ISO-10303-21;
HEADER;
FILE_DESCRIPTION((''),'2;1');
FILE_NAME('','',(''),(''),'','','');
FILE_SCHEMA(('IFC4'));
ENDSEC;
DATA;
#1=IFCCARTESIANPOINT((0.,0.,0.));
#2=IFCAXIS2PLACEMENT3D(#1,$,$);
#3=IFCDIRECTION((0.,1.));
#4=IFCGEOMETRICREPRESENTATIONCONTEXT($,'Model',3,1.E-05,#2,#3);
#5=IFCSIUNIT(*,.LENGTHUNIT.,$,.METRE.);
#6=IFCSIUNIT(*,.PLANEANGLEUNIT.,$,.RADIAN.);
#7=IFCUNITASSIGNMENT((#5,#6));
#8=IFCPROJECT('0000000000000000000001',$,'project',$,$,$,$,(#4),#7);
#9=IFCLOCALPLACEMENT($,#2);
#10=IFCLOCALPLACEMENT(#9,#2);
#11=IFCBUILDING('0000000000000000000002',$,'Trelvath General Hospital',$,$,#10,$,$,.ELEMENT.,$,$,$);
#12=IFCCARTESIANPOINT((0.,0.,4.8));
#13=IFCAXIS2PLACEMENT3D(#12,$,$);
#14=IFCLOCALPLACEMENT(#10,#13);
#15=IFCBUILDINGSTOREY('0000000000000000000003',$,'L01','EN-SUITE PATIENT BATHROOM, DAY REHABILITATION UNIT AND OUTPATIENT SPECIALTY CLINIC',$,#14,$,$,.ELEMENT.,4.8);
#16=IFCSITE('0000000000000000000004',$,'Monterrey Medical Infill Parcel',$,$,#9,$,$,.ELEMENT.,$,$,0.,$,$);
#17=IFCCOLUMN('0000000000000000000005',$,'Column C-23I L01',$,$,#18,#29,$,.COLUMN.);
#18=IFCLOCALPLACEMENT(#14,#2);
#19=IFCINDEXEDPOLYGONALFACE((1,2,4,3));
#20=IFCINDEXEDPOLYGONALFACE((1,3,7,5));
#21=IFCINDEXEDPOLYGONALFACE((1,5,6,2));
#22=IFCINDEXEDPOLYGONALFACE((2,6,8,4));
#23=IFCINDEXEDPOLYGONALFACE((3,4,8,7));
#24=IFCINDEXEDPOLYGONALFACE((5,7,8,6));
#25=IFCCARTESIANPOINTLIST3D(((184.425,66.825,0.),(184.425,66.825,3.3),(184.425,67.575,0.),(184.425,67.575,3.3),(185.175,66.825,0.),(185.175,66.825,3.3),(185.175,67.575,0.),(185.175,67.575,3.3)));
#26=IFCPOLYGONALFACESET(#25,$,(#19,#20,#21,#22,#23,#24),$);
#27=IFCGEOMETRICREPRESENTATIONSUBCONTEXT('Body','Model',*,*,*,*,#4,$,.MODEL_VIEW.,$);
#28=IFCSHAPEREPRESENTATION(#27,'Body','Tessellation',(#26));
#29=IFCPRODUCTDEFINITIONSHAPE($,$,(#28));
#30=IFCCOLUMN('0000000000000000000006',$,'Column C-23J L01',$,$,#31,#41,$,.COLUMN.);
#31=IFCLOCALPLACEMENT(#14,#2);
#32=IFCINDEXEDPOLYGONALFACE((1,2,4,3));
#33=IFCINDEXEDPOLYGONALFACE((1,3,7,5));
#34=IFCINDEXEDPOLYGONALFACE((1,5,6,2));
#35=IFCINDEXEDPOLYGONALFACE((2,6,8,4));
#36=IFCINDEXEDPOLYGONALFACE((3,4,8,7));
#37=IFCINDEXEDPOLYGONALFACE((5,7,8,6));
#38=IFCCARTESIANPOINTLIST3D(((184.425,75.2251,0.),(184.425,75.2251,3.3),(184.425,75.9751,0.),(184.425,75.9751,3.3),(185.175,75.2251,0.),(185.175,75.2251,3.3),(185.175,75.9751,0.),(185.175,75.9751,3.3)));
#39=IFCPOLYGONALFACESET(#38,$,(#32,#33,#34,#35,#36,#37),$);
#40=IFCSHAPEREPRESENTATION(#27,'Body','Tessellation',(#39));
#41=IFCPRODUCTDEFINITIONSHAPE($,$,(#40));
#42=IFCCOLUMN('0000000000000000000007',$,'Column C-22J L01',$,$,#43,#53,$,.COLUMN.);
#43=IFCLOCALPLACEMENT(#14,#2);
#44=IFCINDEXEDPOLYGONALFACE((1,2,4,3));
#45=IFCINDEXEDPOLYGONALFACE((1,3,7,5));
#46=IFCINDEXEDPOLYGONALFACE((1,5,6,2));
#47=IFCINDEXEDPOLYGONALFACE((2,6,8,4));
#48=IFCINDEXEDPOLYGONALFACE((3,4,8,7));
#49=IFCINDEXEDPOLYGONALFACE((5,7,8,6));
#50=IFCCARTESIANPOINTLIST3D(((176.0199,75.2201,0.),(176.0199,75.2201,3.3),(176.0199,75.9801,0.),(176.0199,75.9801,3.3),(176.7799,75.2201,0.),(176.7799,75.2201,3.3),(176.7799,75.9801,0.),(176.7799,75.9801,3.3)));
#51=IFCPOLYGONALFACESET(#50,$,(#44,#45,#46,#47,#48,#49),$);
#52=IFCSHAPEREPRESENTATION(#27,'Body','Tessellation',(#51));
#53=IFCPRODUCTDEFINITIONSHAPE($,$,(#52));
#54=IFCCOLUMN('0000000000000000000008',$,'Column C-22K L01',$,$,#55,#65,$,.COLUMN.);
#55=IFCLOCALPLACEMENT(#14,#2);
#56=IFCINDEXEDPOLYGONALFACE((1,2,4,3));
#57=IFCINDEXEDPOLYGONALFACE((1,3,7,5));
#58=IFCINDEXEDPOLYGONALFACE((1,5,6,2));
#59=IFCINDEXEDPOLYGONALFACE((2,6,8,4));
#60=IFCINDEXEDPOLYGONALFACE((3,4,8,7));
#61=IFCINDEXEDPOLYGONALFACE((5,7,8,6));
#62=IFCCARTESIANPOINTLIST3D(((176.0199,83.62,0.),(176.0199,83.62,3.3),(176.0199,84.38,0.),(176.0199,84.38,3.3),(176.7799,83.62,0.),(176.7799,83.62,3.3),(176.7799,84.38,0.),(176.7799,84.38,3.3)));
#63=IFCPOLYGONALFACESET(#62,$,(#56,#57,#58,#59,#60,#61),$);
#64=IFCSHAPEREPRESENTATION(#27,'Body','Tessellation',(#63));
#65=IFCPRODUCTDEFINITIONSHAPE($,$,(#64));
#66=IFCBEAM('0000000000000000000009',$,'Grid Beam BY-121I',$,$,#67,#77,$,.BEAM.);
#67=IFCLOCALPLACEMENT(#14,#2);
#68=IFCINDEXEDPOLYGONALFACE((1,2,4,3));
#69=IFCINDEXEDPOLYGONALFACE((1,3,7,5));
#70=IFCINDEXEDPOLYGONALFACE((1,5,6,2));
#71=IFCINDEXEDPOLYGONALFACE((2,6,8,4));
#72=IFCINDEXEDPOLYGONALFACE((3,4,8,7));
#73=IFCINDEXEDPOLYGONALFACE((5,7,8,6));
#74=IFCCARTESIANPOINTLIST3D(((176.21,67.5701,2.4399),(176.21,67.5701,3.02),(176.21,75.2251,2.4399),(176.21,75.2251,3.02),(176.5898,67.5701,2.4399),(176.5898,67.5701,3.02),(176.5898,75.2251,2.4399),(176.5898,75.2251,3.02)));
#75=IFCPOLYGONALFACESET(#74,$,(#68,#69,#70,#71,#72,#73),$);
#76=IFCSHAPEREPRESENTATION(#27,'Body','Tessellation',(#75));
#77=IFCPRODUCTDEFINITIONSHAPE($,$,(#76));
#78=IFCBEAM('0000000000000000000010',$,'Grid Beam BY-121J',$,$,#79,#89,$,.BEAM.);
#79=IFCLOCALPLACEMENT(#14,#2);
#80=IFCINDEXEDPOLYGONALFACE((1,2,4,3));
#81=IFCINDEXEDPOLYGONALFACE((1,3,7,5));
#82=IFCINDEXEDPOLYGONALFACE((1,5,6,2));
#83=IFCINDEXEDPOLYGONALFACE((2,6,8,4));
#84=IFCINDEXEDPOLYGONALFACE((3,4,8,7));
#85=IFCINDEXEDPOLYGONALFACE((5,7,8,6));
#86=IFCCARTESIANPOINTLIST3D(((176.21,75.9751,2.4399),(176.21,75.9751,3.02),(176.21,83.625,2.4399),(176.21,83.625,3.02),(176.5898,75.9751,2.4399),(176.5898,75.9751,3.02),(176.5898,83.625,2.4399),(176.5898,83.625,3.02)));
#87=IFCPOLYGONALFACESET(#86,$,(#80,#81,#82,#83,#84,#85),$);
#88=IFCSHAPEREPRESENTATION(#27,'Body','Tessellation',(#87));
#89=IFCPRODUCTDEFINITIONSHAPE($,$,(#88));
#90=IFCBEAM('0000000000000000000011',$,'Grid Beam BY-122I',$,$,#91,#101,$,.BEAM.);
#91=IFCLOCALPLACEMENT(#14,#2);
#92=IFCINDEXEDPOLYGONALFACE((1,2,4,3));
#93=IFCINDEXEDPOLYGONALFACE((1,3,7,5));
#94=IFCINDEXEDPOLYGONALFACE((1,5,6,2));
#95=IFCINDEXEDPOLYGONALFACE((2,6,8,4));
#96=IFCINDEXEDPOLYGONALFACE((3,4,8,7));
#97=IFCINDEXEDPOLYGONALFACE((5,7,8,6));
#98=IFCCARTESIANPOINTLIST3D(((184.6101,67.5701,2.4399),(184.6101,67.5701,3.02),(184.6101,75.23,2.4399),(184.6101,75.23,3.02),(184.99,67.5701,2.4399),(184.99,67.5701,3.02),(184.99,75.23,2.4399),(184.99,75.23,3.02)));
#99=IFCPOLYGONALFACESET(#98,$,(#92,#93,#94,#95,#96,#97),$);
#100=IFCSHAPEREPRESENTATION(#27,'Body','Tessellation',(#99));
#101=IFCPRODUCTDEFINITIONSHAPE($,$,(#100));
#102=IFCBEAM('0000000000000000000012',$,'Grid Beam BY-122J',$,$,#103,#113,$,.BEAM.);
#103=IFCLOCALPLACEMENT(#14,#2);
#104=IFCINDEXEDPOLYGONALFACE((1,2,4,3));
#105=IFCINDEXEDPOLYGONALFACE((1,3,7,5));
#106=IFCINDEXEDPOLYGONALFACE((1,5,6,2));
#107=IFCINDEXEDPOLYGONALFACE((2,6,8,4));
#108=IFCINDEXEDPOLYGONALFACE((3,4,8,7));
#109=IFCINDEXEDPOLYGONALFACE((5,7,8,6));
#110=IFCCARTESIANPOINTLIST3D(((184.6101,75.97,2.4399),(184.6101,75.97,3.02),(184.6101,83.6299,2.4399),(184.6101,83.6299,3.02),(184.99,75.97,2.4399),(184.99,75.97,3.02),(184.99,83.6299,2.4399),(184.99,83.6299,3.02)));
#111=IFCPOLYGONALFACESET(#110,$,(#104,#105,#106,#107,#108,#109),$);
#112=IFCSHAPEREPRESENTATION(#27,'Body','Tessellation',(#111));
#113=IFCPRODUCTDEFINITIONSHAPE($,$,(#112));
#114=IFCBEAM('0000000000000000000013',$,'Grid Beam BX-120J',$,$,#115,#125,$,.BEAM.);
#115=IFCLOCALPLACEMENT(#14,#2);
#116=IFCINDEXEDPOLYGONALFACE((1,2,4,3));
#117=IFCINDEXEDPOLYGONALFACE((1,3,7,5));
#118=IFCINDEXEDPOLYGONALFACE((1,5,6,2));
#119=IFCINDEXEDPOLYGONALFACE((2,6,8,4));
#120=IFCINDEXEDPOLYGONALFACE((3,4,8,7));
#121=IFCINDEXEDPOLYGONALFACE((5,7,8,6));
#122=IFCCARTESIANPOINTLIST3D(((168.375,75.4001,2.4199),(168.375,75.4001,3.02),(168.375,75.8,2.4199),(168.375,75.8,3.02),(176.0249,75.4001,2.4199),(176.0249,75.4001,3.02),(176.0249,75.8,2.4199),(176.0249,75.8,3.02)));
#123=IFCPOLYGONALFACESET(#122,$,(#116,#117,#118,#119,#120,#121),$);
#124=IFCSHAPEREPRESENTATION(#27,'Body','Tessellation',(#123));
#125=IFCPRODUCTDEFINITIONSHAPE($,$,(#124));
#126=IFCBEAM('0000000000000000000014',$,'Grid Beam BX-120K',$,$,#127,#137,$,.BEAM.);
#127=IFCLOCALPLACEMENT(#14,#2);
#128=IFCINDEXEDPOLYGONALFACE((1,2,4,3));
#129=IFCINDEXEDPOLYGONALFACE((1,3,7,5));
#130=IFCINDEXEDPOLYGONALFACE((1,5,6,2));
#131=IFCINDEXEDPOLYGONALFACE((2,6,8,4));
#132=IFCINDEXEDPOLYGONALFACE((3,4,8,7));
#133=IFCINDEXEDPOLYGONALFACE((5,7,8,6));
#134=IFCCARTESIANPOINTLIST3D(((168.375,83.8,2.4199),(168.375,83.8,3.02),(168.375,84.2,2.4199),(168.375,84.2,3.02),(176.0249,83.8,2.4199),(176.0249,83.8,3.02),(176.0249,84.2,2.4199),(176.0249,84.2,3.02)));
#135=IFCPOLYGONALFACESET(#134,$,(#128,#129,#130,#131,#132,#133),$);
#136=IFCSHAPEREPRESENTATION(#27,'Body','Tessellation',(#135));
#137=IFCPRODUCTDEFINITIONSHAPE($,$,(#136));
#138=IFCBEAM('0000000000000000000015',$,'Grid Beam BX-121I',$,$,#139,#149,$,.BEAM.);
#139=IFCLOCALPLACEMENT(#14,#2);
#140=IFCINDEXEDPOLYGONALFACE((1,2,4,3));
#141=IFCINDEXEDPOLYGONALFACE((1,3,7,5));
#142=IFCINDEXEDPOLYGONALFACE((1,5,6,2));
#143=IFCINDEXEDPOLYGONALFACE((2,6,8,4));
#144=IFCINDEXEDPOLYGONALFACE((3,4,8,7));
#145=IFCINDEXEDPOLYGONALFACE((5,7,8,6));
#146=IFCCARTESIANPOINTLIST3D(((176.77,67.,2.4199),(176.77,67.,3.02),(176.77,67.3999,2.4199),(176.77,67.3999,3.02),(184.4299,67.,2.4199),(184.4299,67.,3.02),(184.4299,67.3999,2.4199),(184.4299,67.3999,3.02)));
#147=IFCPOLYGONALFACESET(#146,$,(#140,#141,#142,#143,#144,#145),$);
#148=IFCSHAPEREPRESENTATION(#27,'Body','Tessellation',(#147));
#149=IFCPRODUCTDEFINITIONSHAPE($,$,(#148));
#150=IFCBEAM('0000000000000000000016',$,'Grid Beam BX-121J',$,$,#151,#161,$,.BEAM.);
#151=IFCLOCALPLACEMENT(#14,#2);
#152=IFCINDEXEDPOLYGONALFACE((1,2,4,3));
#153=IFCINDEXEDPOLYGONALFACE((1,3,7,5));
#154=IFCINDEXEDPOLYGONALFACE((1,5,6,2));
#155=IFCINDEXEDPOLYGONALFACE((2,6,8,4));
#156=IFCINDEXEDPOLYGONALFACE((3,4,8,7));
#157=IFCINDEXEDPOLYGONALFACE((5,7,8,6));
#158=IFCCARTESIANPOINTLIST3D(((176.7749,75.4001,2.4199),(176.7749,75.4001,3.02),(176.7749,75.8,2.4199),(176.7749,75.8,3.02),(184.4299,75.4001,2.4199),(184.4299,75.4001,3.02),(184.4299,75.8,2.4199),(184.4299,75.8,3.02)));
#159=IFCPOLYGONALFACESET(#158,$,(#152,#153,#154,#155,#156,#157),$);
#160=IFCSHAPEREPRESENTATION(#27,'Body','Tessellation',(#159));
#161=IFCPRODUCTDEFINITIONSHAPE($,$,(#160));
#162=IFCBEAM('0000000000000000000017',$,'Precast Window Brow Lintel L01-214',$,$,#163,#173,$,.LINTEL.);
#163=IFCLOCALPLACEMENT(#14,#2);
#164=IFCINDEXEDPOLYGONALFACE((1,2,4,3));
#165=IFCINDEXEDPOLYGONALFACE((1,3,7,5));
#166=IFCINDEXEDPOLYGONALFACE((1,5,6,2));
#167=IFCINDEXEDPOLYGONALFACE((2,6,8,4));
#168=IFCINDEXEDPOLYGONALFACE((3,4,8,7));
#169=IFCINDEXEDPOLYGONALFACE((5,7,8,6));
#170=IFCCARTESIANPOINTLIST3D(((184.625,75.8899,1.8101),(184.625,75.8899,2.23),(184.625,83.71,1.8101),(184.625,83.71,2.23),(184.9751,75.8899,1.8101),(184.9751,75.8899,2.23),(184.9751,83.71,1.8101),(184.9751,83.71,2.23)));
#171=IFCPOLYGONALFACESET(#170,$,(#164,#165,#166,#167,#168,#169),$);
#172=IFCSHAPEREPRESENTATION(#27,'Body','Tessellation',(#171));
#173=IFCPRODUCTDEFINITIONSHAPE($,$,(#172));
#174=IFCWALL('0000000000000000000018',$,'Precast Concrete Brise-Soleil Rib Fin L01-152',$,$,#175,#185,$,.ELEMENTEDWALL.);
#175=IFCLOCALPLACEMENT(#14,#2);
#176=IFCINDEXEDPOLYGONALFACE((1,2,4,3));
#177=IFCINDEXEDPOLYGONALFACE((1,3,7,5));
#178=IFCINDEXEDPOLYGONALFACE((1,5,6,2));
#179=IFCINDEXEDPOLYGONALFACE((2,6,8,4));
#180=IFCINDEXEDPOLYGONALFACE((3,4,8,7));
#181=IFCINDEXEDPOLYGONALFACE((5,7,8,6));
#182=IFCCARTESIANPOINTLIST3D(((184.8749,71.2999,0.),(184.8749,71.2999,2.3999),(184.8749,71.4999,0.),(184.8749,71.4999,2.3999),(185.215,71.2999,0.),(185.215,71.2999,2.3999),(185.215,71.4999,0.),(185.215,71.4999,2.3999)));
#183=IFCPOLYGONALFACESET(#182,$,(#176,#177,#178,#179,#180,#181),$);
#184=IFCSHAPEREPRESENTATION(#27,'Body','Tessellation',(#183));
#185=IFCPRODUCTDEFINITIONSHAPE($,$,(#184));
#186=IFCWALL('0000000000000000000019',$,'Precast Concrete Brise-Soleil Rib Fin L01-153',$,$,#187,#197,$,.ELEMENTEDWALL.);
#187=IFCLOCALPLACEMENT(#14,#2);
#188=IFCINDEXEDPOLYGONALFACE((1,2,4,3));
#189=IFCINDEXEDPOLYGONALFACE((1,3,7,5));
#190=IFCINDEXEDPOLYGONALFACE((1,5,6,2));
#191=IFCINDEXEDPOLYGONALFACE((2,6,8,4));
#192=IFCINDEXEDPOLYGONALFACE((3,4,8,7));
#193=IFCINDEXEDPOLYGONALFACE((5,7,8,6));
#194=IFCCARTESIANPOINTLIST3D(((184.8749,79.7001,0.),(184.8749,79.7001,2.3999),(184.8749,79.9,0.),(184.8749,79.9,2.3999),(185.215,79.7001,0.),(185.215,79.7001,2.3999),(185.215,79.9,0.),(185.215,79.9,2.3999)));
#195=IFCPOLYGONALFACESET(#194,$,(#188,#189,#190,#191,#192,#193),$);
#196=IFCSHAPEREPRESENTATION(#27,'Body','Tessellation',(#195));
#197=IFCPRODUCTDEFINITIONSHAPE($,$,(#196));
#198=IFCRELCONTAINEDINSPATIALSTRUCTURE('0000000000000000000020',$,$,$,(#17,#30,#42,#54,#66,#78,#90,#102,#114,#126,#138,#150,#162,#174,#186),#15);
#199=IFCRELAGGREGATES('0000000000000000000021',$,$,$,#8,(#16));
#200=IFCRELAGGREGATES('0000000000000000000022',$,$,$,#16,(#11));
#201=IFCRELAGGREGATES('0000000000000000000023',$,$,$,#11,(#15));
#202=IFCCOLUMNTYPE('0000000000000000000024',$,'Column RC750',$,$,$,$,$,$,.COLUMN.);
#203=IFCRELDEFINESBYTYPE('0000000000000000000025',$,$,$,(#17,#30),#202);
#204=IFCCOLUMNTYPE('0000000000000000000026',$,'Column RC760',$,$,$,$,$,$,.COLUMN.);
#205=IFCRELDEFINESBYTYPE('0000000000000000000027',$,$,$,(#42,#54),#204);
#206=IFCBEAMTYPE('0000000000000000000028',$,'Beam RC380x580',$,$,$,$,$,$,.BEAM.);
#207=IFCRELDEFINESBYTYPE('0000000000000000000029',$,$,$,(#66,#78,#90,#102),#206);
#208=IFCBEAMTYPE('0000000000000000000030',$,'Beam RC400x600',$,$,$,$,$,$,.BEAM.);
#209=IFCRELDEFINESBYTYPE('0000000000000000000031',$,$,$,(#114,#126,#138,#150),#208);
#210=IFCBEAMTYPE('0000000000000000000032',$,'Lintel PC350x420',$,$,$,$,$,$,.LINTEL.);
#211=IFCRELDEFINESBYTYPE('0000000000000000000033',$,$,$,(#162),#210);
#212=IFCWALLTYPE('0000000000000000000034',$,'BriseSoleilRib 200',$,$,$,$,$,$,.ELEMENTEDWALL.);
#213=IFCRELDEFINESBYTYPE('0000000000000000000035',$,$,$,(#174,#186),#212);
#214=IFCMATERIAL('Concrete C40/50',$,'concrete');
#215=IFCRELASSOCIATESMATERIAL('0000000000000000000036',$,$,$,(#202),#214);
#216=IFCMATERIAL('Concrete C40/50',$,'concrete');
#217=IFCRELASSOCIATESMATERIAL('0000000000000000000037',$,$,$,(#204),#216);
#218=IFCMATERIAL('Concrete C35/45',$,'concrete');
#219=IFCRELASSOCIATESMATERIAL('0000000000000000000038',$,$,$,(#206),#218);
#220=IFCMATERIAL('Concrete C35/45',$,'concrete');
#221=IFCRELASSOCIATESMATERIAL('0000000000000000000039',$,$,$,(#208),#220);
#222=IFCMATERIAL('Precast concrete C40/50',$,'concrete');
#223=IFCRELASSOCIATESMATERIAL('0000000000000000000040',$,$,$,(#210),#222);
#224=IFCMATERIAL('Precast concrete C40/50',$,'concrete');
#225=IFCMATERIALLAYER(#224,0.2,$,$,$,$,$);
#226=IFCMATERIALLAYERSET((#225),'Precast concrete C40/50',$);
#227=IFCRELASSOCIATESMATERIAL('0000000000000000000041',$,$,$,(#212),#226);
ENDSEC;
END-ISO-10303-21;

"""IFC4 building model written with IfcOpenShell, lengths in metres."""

from ifc_helpers import new_model, si_unit, direction, frame, frame_2d, origin, origin_2d, place, context, subcontext, project, spatial, rectangle, extrude, material, layer, layer_set, material_profile, profile_set, type_object, element, save


model = new_model("IFC4")

# Units and contexts
model_context = context("Model", 3, precision=1e-05, world=origin(), true_north=direction((0.0, 1.0)))
body_context = subcontext(model_context, "Body", "Model", "MODEL_VIEW")
ifc_project = project(units=[si_unit("LENGTHUNIT", "METRE"), si_unit("PLANEANGLEUNIT", "RADIAN")], contexts=[model_context])

# Site, building, storey
site_placement = place(None, origin())
site = spatial("IfcSite", under=ifc_project, at=site_placement, Name="Monterrey Medical Infill Parcel", CompositionType="ELEMENT", RefElevation=0.0)
building_placement = place(site_placement, origin())
building = spatial("IfcBuilding", under=site, at=building_placement, Name="Trelvath General Hospital", CompositionType="ELEMENT")
storey_placement = place(building_placement, frame((0.0, 0.0, 4.8)))
storey = spatial("IfcBuildingStorey", under=building, at=storey_placement, Name="L01", Description="EN-SUITE PATIENT BATHROOM, DAY REHABILITATION UNIT AND OUTPATIENT SPECIALTY CLINIC", CompositionType="ELEMENT", Elevation=4.8)

# Columns
ifc_material_1 = material(Name="Concrete C40/50", Category="concrete")
ifc_material_profile_1 = material_profile(ifc_material_1, rectangle(XDim=0.75, YDim=0.75, at=origin_2d()), Name="RC750x750")
ifc_profile_set_1 = profile_set([ifc_material_profile_1], Name="Concrete C40/50")
column_type_1 = type_object("IfcColumnType", Name="Column RC750", PredefinedType="COLUMN", material=ifc_profile_set_1)
for number, where, z_axis, x_axis, name in (
    (1, (184.8, 67.2, 0.0), (0.0, 0.0, 1.0), (1.0, 0.0, 0.0), "Column C-23I L01"),
    (2, (184.8, 75.6001, 0.0), (0.0, 0.0, 1.0), (1.0, 0.0, 0.0), "Column C-23J L01"),
):
    element("IfcColumn", number, at=place(storey_placement, frame(where, z_axis=z_axis, x_axis=x_axis)), inside=storey, type_object=column_type_1, Name=name, PredefinedType="COLUMN", context=body_context, shape_type="SweptSolid", body=[
        extrude(rectangle(XDim=0.75, YDim=0.75, at=origin_2d()), origin(), (0.0, 0.0, 1.0), 3.3),
    ])
ifc_material_2 = material(Name="Concrete C40/50", Category="concrete")
ifc_material_profile_2 = material_profile(ifc_material_2, rectangle(XDim=0.76, YDim=0.76, at=origin_2d()), Name="RC760x760")
ifc_profile_set_2 = profile_set([ifc_material_profile_2], Name="Concrete C40/50")
column_type_2 = type_object("IfcColumnType", Name="Column RC760", PredefinedType="COLUMN", material=ifc_profile_set_2)
for number, where, z_axis, x_axis, name in (
    (3, (176.3999, 75.6001, 0.0), (0.0, 0.0, 1.0), (1.0, 0.0, 0.0), "Column C-22J L01"),
    (4, (176.3999, 84.0, 0.0), (0.0, 0.0, 1.0), (1.0, 0.0, 0.0), "Column C-22K L01"),
):
    element("IfcColumn", number, at=place(storey_placement, frame(where, z_axis=z_axis, x_axis=x_axis)), inside=storey, type_object=column_type_2, Name=name, PredefinedType="COLUMN", context=body_context, shape_type="SweptSolid", body=[
        extrude(rectangle(XDim=0.76, YDim=0.76, at=origin_2d()), origin(), (0.0, 0.0, 1.0), 3.3),
    ])

# Beams
ifc_material_3 = material(Name="Concrete C35/45", Category="concrete")
ifc_material_profile_3 = material_profile(ifc_material_3, rectangle(XDim=0.3799, YDim=0.5801, at=origin_2d()), Name="RCB380x580")
ifc_profile_set_3 = profile_set([ifc_material_profile_3], Name="Concrete C35/45")
beam_type_1 = type_object("IfcBeamType", Name="Beam RC380x580", PredefinedType="BEAM", material=ifc_profile_set_3)
beam_1_placement = place(storey_placement, frame((176.3999, 67.5701, 2.73), z_axis=(0.0, 1.0, 0.0), x_axis=(-1.0, 0.0, 0.0)))
element("IfcBeam", 5, at=beam_1_placement, inside=storey, type_object=beam_type_1, Name="Grid Beam BY-121I", PredefinedType="BEAM", context=body_context, shape_type="SweptSolid", body=[
    extrude(rectangle(XDim=0.3799, YDim=0.5801, at=origin_2d()), origin(), (0.0, 0.0, 1.0), 7.655),
])
beam_2_placement = place(storey_placement, frame((176.3999, 75.9751, 2.73), z_axis=(0.0, 1.0, 0.0), x_axis=(-1.0, 0.0, 0.0)))
element("IfcBeam", 6, at=beam_2_placement, inside=storey, type_object=beam_type_1, Name="Grid Beam BY-121J", PredefinedType="BEAM", context=body_context, shape_type="SweptSolid", body=[
    extrude(rectangle(XDim=0.3799, YDim=0.5801, at=origin_2d()), origin(), (0.0, 0.0, 1.0), 7.6499),
])
for number, where, z_axis, x_axis, name in (
    (7, (184.8, 67.5701, 2.73), (0.0, 1.0, 0.0), (-1.0, 0.0, 0.0), "Grid Beam BY-122I"),
    (8, (184.8, 75.97, 2.73), (0.0, 1.0, 0.0), (-1.0, 0.0, 0.0), "Grid Beam BY-122J"),
):
    element("IfcBeam", number, at=place(storey_placement, frame(where, z_axis=z_axis, x_axis=x_axis)), inside=storey, type_object=beam_type_1, Name=name, PredefinedType="BEAM", context=body_context, shape_type="SweptSolid", body=[
        extrude(rectangle(XDim=0.3799, YDim=0.5801, at=origin_2d()), origin(), (0.0, 0.0, 1.0), 7.6599),
    ])
ifc_material_4 = material(Name="Concrete C35/45", Category="concrete")
ifc_material_profile_4 = material_profile(ifc_material_4, rectangle(XDim=0.3999, YDim=0.6001, at=origin_2d()), Name="RCB400x600")
ifc_profile_set_4 = profile_set([ifc_material_profile_4], Name="Concrete C35/45")
beam_type_2 = type_object("IfcBeamType", Name="Beam RC400x600", PredefinedType="BEAM", material=ifc_profile_set_4)
for number, where, z_axis, x_axis, name in (
    (9, (168.375, 75.6001, 2.72), (1.0, 0.0, 0.0), (0.0, 1.0, 0.0), "Grid Beam BX-120J"),
    (10, (168.375, 84.0, 2.72), (1.0, 0.0, 0.0), (0.0, 1.0, 0.0), "Grid Beam BX-120K"),
):
    element("IfcBeam", number, at=place(storey_placement, frame(where, z_axis=z_axis, x_axis=x_axis)), inside=storey, type_object=beam_type_2, Name=name, PredefinedType="BEAM", context=body_context, shape_type="SweptSolid", body=[
        extrude(rectangle(XDim=0.3999, YDim=0.6001, at=origin_2d()), origin(), (0.0, 0.0, 1.0), 7.6499),
    ])
beam_3_placement = place(storey_placement, frame((176.77, 67.2, 2.72), z_axis=(1.0, 0.0, 0.0), x_axis=(0.0, 1.0, 0.0)))
element("IfcBeam", 11, at=beam_3_placement, inside=storey, type_object=beam_type_2, Name="Grid Beam BX-121I", PredefinedType="BEAM", context=body_context, shape_type="SweptSolid", body=[
    extrude(rectangle(XDim=0.3999, YDim=0.6001, at=origin_2d()), origin(), (0.0, 0.0, 1.0), 7.6599),
])
beam_4_placement = place(storey_placement, frame((176.7749, 75.6001, 2.72), z_axis=(1.0, 0.0, 0.0), x_axis=(0.0, 1.0, 0.0)))
element("IfcBeam", 12, at=beam_4_placement, inside=storey, type_object=beam_type_2, Name="Grid Beam BX-121J", PredefinedType="BEAM", context=body_context, shape_type="SweptSolid", body=[
    extrude(rectangle(XDim=0.3999, YDim=0.6001, at=origin_2d()), origin(), (0.0, 0.0, 1.0), 7.655),
])
ifc_material_5 = material(Name="Precast concrete C40/50", Category="concrete")
ifc_material_profile_5 = material_profile(ifc_material_5, rectangle(XDim=0.3501, YDim=0.4199, at=origin_2d()), Name="PCL350x420")
ifc_profile_set_5 = profile_set([ifc_material_profile_5], Name="Precast concrete C40/50")
beam_type_3 = type_object("IfcBeamType", Name="Lintel PC350x420", PredefinedType="LINTEL", material=ifc_profile_set_5)
beam_5_placement = place(storey_placement, frame((184.8, 83.71, 2.02), z_axis=(0.0, -1.0, 0.0), x_axis=(1.0, 0.0, 0.0)))
element("IfcBeam", 13, at=beam_5_placement, inside=storey, type_object=beam_type_3, Name="Precast Window Brow Lintel L01-214", PredefinedType="LINTEL", context=body_context, shape_type="SweptSolid", body=[
    extrude(rectangle(XDim=0.3501, YDim=0.4199, at=origin_2d()), origin(), (0.0, 0.0, 1.0), 7.8201),
])

# Walls
ifc_material_6 = material(Name="Precast concrete C40/50", Category="concrete")
ifc_layer_1 = layer(ifc_material_6, 0.2)
ifc_layer_set_1 = layer_set([ifc_layer_1], Name="Precast concrete C40/50")
wall_type_1 = type_object("IfcWallType", Name="BriseSoleilRib 200", PredefinedType="ELEMENTEDWALL", material=ifc_layer_set_1)
for number, where, z_axis, x_axis, name in (
    (14, (184.875, 71.3999, 0.0), (0.0, 0.0, 1.0), (1.0, 0.0, 0.0), "Precast Concrete Brise-Soleil Rib Fin L01-152"),
    (15, (184.875, 79.8, 0.0), (0.0, 0.0, 1.0), (1.0, 0.0, 0.0), "Precast Concrete Brise-Soleil Rib Fin L01-153"),
):
    element("IfcWall", number, at=place(storey_placement, frame(where, z_axis=z_axis, x_axis=x_axis)), inside=storey, type_object=wall_type_1, Name=name, PredefinedType="ELEMENTEDWALL", context=body_context, shape_type="SweptSolid", body=[
        extrude(rectangle(XDim=0.3401, YDim=0.2, at=frame_2d((0.1699, 0.0))), origin(), (0.0, 0.0, 1.0), 2.3999),
    ])

save(model, "model.ifc")
